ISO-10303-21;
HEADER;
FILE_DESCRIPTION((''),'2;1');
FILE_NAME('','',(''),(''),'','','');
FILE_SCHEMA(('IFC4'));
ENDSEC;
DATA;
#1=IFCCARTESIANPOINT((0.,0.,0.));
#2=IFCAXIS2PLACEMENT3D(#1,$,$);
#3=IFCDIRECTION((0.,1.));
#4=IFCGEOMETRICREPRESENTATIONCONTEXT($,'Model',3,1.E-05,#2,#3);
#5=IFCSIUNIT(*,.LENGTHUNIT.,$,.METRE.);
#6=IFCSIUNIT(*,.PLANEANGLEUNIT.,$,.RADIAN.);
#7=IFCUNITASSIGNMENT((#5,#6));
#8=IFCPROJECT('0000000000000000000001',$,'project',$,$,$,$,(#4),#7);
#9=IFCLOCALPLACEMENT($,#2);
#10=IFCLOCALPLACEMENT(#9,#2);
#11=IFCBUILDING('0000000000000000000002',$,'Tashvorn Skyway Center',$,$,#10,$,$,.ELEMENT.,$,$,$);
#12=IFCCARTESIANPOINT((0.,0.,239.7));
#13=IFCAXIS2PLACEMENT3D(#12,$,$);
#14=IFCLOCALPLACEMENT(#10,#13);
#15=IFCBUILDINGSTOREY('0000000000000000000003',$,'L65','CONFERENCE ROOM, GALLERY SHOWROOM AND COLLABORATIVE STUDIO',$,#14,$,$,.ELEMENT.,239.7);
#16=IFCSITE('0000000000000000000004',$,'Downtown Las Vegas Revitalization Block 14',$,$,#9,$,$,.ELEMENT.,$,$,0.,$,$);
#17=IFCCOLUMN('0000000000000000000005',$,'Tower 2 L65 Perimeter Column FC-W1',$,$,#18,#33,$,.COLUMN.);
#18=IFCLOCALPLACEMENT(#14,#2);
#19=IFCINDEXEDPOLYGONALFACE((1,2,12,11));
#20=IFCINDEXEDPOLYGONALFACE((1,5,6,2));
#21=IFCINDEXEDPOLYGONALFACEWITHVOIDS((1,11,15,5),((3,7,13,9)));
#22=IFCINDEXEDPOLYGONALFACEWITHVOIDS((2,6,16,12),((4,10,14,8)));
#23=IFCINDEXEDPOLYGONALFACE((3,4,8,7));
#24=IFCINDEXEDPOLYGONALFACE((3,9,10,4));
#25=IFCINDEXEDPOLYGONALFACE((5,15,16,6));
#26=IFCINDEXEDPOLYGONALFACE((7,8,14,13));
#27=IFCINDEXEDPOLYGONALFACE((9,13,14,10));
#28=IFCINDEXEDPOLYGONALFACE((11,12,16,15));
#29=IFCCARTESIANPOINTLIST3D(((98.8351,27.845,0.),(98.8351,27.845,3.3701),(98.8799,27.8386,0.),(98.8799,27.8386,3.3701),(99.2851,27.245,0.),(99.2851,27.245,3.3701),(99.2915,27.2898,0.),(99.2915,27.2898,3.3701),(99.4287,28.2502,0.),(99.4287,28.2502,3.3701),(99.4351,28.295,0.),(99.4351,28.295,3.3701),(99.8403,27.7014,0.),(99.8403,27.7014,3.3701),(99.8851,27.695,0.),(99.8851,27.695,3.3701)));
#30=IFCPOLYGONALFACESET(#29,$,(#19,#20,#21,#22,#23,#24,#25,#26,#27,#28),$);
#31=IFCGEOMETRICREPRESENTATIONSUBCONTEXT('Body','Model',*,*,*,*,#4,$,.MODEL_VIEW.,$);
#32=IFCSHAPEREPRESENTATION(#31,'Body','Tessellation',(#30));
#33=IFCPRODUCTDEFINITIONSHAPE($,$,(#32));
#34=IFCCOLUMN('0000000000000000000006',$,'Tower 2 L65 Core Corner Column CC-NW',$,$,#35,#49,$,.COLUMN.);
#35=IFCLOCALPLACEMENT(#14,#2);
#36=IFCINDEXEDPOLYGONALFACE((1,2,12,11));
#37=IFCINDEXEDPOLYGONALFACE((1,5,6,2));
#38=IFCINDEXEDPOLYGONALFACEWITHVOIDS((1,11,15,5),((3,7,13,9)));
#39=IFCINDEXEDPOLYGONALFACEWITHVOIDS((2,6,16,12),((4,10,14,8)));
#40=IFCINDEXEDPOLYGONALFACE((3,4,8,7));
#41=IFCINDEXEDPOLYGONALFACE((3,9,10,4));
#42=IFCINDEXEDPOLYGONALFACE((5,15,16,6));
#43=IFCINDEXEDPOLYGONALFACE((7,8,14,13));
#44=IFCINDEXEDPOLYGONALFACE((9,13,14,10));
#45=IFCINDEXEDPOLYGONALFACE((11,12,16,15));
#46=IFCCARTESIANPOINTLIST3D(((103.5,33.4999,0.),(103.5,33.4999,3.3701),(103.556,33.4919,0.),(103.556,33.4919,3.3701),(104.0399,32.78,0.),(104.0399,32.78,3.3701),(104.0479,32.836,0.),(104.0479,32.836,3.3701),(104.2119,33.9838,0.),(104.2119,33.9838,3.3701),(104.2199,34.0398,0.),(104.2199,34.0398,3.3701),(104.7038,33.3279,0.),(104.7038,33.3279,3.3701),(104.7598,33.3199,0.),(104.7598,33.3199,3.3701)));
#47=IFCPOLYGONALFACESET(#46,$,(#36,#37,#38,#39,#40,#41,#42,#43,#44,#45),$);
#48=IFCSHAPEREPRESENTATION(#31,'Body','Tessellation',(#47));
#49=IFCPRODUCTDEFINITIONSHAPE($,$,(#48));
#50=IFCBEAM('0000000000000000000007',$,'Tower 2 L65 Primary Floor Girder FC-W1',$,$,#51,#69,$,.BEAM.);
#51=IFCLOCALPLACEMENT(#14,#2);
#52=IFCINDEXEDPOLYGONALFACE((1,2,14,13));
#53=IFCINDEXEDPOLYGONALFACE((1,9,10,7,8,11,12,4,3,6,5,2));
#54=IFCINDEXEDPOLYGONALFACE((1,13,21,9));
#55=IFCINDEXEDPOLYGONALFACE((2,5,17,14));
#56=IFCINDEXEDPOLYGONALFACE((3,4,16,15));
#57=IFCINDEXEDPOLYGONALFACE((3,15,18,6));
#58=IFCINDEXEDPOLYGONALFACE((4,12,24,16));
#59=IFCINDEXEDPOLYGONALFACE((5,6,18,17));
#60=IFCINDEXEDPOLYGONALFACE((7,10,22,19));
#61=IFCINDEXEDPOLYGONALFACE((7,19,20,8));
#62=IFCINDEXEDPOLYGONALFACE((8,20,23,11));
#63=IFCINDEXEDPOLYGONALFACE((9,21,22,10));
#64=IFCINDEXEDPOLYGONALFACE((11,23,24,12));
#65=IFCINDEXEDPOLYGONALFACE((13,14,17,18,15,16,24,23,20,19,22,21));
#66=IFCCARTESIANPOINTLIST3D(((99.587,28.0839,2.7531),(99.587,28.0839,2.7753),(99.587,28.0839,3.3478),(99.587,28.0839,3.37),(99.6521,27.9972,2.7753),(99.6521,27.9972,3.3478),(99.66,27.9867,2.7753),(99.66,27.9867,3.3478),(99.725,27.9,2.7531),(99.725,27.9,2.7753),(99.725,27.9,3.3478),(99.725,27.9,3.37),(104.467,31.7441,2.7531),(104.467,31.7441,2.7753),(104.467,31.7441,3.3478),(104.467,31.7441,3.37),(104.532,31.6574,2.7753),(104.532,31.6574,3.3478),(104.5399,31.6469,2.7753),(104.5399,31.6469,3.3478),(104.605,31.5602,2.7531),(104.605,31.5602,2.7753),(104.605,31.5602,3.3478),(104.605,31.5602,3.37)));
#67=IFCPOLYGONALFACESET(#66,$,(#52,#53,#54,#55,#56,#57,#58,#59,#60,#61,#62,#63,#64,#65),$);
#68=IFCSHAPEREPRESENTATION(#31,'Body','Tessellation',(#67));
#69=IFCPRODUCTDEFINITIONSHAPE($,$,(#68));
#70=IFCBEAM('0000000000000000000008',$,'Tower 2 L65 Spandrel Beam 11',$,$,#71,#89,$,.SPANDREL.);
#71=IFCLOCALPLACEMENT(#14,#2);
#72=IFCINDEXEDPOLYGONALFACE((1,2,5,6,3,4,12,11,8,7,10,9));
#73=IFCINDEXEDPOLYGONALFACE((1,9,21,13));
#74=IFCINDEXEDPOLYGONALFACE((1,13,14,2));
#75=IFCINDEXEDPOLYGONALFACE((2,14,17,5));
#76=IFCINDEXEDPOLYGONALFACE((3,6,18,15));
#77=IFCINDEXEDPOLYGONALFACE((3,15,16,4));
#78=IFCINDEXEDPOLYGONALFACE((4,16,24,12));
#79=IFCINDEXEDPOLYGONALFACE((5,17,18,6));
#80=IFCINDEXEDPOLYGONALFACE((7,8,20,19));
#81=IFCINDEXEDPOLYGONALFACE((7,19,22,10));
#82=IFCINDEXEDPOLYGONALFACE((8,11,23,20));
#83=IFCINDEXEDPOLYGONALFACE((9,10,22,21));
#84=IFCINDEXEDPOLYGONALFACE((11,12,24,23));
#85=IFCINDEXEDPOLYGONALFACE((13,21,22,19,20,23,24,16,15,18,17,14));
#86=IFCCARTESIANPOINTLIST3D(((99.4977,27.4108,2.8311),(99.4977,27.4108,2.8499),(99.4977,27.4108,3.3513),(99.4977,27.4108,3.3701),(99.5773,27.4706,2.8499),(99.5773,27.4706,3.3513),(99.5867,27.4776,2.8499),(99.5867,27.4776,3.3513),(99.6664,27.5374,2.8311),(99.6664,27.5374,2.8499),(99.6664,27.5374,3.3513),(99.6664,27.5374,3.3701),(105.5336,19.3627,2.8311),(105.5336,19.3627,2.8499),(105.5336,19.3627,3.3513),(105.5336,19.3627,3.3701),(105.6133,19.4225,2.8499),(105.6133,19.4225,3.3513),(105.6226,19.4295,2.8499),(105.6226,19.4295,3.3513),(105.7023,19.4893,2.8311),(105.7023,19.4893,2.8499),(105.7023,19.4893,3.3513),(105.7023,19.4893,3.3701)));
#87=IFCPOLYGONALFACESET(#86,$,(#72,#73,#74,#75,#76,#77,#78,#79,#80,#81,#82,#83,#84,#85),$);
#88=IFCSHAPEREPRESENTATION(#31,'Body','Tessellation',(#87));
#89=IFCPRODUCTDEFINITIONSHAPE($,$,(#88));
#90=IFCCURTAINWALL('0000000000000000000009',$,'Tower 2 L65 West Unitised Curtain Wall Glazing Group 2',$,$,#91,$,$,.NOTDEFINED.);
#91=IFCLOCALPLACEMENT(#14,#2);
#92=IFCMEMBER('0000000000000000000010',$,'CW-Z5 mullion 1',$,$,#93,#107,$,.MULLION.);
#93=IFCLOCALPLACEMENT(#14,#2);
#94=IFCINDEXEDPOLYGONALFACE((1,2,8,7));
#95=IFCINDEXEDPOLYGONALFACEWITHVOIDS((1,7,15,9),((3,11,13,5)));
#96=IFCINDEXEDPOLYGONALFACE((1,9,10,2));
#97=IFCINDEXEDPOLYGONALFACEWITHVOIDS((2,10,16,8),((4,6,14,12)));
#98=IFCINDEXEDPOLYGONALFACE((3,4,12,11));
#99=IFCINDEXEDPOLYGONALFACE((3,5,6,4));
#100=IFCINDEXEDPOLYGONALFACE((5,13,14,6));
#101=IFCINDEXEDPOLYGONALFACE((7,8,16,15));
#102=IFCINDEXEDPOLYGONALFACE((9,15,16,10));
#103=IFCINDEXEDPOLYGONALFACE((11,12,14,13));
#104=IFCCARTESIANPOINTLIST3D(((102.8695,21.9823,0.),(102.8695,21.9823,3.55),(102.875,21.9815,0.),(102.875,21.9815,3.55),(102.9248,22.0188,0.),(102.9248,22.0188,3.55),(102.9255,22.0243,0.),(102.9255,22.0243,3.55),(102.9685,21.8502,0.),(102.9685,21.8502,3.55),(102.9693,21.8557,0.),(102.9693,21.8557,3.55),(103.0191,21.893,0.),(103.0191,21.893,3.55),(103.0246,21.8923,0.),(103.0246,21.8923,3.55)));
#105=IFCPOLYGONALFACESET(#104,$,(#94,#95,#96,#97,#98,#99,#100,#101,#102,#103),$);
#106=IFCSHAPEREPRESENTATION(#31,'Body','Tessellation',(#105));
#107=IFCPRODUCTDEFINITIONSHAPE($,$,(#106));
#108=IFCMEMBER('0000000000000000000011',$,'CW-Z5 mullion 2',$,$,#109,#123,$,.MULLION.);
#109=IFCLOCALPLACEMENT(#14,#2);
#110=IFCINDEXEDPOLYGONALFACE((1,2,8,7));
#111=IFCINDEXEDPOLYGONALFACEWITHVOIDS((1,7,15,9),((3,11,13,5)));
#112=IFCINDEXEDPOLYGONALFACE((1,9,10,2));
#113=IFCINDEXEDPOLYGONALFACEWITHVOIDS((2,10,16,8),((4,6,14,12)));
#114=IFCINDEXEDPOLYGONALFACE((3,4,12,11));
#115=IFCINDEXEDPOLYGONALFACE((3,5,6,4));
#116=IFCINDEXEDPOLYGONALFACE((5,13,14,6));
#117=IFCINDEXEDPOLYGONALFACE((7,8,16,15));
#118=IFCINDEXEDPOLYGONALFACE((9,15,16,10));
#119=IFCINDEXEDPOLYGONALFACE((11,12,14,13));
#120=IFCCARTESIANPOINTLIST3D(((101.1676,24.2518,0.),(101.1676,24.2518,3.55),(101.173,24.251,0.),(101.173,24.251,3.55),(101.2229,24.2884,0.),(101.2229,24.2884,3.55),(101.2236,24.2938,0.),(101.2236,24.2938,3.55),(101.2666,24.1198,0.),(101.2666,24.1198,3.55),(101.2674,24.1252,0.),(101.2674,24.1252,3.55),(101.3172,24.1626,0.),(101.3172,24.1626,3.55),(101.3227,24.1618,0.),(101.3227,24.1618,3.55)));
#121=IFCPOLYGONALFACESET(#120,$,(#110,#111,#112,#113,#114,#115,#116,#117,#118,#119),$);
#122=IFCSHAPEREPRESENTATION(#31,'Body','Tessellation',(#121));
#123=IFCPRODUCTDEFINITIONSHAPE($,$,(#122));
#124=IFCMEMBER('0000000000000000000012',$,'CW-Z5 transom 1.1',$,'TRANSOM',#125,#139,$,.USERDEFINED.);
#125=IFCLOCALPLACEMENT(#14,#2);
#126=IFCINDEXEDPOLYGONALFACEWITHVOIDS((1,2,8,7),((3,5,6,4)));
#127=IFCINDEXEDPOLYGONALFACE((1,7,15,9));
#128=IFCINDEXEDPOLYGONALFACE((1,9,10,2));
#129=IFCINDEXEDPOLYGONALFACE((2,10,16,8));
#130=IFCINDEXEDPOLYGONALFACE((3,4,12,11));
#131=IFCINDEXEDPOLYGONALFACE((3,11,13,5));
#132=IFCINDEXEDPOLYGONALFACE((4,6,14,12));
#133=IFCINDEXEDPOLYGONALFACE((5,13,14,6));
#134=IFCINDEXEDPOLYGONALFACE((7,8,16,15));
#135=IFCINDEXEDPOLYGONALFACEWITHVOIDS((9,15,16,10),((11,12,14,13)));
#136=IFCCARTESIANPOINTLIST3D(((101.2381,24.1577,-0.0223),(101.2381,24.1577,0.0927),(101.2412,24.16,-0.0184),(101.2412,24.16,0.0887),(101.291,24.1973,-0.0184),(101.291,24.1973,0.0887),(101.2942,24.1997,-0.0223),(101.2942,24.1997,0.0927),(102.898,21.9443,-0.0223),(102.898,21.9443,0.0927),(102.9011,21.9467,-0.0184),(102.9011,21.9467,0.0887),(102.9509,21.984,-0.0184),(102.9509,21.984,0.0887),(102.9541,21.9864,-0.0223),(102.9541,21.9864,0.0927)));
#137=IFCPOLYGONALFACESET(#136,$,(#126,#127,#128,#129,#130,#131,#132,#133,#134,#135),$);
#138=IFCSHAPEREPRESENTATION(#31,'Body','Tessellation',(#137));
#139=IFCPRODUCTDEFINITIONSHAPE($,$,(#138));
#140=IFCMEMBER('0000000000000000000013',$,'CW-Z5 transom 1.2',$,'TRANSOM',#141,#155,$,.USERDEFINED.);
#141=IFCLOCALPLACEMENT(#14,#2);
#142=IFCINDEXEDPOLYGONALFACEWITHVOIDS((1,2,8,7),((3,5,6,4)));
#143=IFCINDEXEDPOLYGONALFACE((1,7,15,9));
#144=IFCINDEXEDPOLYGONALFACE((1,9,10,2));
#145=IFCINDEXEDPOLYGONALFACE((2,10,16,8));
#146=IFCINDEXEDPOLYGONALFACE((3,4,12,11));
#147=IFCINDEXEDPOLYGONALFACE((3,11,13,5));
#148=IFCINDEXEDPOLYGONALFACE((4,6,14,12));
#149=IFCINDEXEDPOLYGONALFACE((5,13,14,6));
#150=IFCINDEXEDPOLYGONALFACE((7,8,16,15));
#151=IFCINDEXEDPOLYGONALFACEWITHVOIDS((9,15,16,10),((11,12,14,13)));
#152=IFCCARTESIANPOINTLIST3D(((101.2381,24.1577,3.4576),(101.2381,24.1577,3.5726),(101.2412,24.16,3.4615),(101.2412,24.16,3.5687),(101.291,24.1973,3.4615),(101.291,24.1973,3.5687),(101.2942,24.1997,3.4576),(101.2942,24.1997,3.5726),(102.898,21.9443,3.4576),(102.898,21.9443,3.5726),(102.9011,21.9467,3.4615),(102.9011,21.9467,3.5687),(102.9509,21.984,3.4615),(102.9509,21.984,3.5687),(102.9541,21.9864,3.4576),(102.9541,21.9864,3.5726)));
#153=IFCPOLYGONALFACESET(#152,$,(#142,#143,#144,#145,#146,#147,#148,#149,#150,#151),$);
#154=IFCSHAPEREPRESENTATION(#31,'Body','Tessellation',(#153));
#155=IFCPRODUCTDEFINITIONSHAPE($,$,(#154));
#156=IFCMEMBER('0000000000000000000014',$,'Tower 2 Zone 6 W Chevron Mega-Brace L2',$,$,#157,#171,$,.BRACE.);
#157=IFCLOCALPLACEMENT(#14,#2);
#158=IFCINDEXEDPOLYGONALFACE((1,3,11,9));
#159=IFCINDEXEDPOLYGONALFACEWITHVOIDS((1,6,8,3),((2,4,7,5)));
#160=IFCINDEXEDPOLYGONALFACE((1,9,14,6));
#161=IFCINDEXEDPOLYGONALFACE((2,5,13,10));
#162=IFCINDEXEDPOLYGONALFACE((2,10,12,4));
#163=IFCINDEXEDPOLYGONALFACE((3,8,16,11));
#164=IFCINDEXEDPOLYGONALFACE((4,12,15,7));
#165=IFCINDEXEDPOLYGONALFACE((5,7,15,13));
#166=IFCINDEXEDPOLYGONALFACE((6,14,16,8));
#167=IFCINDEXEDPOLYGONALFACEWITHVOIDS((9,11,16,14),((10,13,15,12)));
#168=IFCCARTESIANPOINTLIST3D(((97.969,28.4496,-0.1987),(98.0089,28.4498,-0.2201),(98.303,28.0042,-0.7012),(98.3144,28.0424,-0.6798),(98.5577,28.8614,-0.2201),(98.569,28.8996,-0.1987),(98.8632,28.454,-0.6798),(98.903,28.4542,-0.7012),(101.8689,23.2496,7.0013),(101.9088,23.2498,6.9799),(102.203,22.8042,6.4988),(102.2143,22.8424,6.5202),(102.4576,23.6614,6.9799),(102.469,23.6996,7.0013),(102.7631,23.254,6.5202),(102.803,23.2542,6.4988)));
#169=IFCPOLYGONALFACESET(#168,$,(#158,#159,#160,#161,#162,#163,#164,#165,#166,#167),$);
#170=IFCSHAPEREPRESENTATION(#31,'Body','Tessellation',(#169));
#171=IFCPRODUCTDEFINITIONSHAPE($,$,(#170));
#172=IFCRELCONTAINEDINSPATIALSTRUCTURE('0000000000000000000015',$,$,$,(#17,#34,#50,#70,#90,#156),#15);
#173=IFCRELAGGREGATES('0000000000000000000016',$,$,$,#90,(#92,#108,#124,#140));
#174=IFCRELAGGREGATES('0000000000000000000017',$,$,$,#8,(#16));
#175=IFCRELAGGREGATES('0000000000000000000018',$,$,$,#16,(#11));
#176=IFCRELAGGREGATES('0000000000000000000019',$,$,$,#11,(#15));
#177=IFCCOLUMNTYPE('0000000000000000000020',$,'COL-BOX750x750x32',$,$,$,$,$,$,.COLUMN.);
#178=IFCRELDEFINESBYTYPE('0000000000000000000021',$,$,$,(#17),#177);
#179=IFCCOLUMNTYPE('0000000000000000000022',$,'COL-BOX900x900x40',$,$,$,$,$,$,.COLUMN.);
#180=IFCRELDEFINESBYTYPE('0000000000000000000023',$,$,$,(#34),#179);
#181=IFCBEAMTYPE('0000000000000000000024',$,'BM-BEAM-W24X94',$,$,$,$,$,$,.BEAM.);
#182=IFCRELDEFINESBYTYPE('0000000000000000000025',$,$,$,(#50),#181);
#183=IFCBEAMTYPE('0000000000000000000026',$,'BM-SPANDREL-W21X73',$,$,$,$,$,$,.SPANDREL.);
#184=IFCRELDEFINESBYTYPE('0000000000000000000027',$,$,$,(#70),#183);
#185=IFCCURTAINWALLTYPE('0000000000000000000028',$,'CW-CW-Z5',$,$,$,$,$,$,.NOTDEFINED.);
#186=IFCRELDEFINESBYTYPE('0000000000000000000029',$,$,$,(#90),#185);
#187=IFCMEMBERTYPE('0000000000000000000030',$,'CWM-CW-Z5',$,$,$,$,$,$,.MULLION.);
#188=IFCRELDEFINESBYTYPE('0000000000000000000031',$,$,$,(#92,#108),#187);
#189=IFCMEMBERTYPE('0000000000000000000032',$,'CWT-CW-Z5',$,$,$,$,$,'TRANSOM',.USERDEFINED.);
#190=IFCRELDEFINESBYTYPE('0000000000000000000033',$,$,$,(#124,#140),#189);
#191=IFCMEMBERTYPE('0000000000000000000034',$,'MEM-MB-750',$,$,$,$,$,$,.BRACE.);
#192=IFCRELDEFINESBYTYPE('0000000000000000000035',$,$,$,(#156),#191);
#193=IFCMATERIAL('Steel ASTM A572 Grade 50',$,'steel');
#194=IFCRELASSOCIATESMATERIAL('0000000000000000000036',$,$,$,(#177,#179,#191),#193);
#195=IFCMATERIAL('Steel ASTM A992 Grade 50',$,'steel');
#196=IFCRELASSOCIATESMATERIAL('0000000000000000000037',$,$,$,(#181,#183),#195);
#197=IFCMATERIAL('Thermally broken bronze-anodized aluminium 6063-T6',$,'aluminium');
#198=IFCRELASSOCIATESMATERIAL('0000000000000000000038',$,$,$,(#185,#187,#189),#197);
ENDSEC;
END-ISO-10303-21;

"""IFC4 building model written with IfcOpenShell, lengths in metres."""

from ifc_helpers import new_model, si_unit, direction, frame, origin, origin_2d, place, context, subcontext, project, spatial, hollow_rectangle, i_section, extrude, material, material_profile, profile_set, type_object, element, aggregate, save


model = new_model("IFC4")

# Units and contexts
model_context = context("Model", 3, precision=1e-05, world=origin(), true_north=direction((0.0, 1.0)))
body_context = subcontext(model_context, "Body", "Model", "MODEL_VIEW")
ifc_project = project(units=[si_unit("LENGTHUNIT", "METRE"), si_unit("PLANEANGLEUNIT", "RADIAN")], contexts=[model_context])

# Site, building, storey
site_placement = place(None, origin())
site = spatial("IfcSite", under=ifc_project, at=site_placement, Name="Downtown Las Vegas Revitalization Block 14", CompositionType="ELEMENT", RefElevation=0.0)
building_placement = place(site_placement, origin())
building = spatial("IfcBuilding", under=site, at=building_placement, Name="Tashvorn Skyway Center", CompositionType="ELEMENT")
storey_placement = place(building_placement, frame((0.0, 0.0, 239.7)))
storey = spatial("IfcBuildingStorey", under=building, at=storey_placement, Name="L65", Description="CONFERENCE ROOM, GALLERY SHOWROOM AND COLLABORATIVE STUDIO", CompositionType="ELEMENT", Elevation=239.7)

# Columns
ifc_material_1 = material(Name="Steel ASTM A572 Grade 50", Category="steel")
ifc_material_profile_1 = material_profile(ifc_material_1, hollow_rectangle(XDim=0.75, YDim=0.75, WallThickness=0.032, at=origin_2d()), Name="BOX750x750x32")
ifc_profile_set_1 = profile_set([ifc_material_profile_1], Name="Steel ASTM A572 Grade 50")
column_type_1 = type_object("IfcColumnType", Name="COL-BOX750x750x32", PredefinedType="COLUMN", material=ifc_profile_set_1)
column_1_placement = place(storey_placement, frame((99.3601, 27.77, 0.0), z_axis=(0.0, 0.0, 1.0), x_axis=(0.8, 0.6, 0.0)))
element("IfcColumn", 1, at=column_1_placement, inside=storey, type_object=column_type_1, Name="Tower 2 L65 Perimeter Column FC-W1", PredefinedType="COLUMN", context=body_context, shape_type="SweptSolid", body=[
    extrude(hollow_rectangle(XDim=0.75, YDim=0.75, WallThickness=0.032, at=origin_2d()), origin(), (0.0, 0.0, 1.0), 3.3701),
])
ifc_material_profile_2 = material_profile(ifc_material_1, hollow_rectangle(XDim=0.8999, YDim=0.8999, WallThickness=0.04, at=origin_2d()), Name="BOX900x900x40")
ifc_profile_set_2 = profile_set([ifc_material_profile_2], Name="Steel ASTM A572 Grade 50")
column_type_2 = type_object("IfcColumnType", Name="COL-BOX900x900x40", PredefinedType="COLUMN", material=ifc_profile_set_2)
column_2_placement = place(storey_placement, frame((104.1299, 33.4099, 0.0), z_axis=(0.0, 0.0, 1.0), x_axis=(0.8, 0.6, 0.0)))
element("IfcColumn", 2, at=column_2_placement, inside=storey, type_object=column_type_2, Name="Tower 2 L65 Core Corner Column CC-NW", PredefinedType="COLUMN", context=body_context, shape_type="SweptSolid", body=[
    extrude(hollow_rectangle(XDim=0.8999, YDim=0.8999, WallThickness=0.04, at=origin_2d()), origin(), (0.0, 0.0, 1.0), 3.3701),
])

# Beams
ifc_material_2 = material(Name="Steel ASTM A992 Grade 50", Category="steel")
ifc_material_profile_3 = material_profile(ifc_material_2, i_section(OverallWidth=0.23, OverallDepth=0.6169, WebThickness=0.0132, FlangeThickness=0.0222, at=origin_2d()), Name="W24X94")
ifc_profile_set_3 = profile_set([ifc_material_profile_3], Name="Steel ASTM A992 Grade 50")
beam_type_1 = type_object("IfcBeamType", Name="BM-BEAM-W24X94", PredefinedType="BEAM", material=ifc_profile_set_3)
beam_1_placement = place(storey_placement, frame((99.656, 27.9919, 3.0615), z_axis=(0.799981, 0.600026, 0.0), x_axis=(-0.600026, 0.799981, 0.0)))
element("IfcBeam", 3, at=beam_1_placement, inside=storey, type_object=beam_type_1, Name="Tower 2 L65 Primary Floor Girder FC-W1", PredefinedType="BEAM", context=body_context, shape_type="SweptSolid", body=[
    extrude(i_section(OverallWidth=0.23, OverallDepth=0.6169, WebThickness=0.0132, FlangeThickness=0.0222, at=origin_2d()), origin(), (0.0, 0.0, 1.0), 6.1001),
])
ifc_material_profile_4 = material_profile(ifc_material_2, i_section(OverallWidth=0.2109, OverallDepth=0.5391, WebThickness=0.0117, FlangeThickness=0.0188, at=origin_2d()), Name="W21X73")
ifc_profile_set_4 = profile_set([ifc_material_profile_4], Name="Steel ASTM A992 Grade 50")
beam_type_2 = type_object("IfcBeamType", Name="BM-SPANDREL-W21X73", PredefinedType="SPANDREL", material=ifc_profile_set_4)
beam_2_placement = place(storey_placement, frame((99.582, 27.4741, 3.1006), z_axis=(0.599988, -0.800009, 0.0), x_axis=(0.800009, 0.599988, 0.0)))
element("IfcBeam", 4, at=beam_2_placement, inside=storey, type_object=beam_type_2, Name="Tower 2 L65 Spandrel Beam 11", PredefinedType="SPANDREL", context=body_context, shape_type="SweptSolid", body=[
    extrude(i_section(OverallWidth=0.2109, OverallDepth=0.5391, WebThickness=0.0117, FlangeThickness=0.0188, at=origin_2d()), origin(), (0.0, 0.0, 1.0), 10.0601),
])

# Curtain wall, members
ifc_material_3 = material(Name="Thermally broken bronze-anodized aluminium 6063-T6", Category="aluminium")
curtain_wall_type = type_object("IfcCurtainWallType", Name="CW-CW-Z5", PredefinedType="NOTDEFINED", material=ifc_material_3)
curtain_wall_placement = place(storey_placement, origin())
curtain_wall = element("IfcCurtainWall", 5, at=curtain_wall_placement, inside=storey, type_object=curtain_wall_type, Name="Tower 2 L65 West Unitised Curtain Wall Glazing Group 2", PredefinedType="NOTDEFINED")
ifc_material_profile_5 = material_profile(ifc_material_3, hollow_rectangle(XDim=0.0701, YDim=0.165, WallThickness=0.0039, at=origin_2d()), Name="ALU-MULL-70x165")
ifc_profile_set_5 = profile_set([ifc_material_profile_5], Name="Thermally broken bronze-anodized aluminium 6063-T6")
member_type_1 = type_object("IfcMemberType", Name="CWM-CW-Z5", PredefinedType="MULLION", material=ifc_profile_set_5)
member_1_placement = place(storey_placement, frame((102.947, 21.9373, 0.0), z_axis=(0.0, 0.0, 1.0), x_axis=(-0.800008, -0.599989, 0.0)))
member_1 = element("IfcMember", 6, at=member_1_placement, type_object=member_type_1, Name="CW-Z5 mullion 1", PredefinedType="MULLION", context=body_context, shape_type="SweptSolid", body=[
    extrude(hollow_rectangle(XDim=0.0701, YDim=0.165, WallThickness=0.0039, at=origin_2d()), origin(), (0.0, 0.0, 1.0), 3.55),
])
member_2_placement = place(storey_placement, frame((101.2451, 24.2068, 0.0), z_axis=(0.0, 0.0, 1.0), x_axis=(-0.800008, -0.599989, 0.0)))
member_2 = element("IfcMember", 7, at=member_2_placement, type_object=member_type_1, Name="CW-Z5 mullion 2", PredefinedType="MULLION", context=body_context, shape_type="SweptSolid", body=[
    extrude(hollow_rectangle(XDim=0.0701, YDim=0.165, WallThickness=0.0039, at=origin_2d()), origin(), (0.0, 0.0, 1.0), 3.55),
])
ifc_material_profile_6 = material_profile(ifc_material_3, hollow_rectangle(XDim=0.0701, YDim=0.115, WallThickness=0.0039, at=origin_2d()), Name="ALU-TRAN-70x115")
ifc_profile_set_6 = profile_set([ifc_material_profile_6], Name="Thermally broken bronze-anodized aluminium 6063-T6")
member_type_2 = type_object("IfcMemberType", Name="CWT-CW-Z5", ElementType="TRANSOM", PredefinedType="USERDEFINED", material=ifc_profile_set_6)
member_3_placement = place(storey_placement, frame((102.926, 21.9653, 0.0352), z_axis=(-0.599972, 0.800021, 0.0), x_axis=(-0.800021, -0.599972, 0.0)))
member_3 = element("IfcMember", 8, at=member_3_placement, type_object=member_type_2, Name="CW-Z5 transom 1.1", ObjectType="TRANSOM", PredefinedType="USERDEFINED", context=body_context, shape_type="SweptSolid", body=[
    extrude(hollow_rectangle(XDim=0.0701, YDim=0.115, WallThickness=0.0039, at=origin_2d()), origin(), (0.0, 0.0, 1.0), 2.7666),
])
member_4_placement = place(storey_placement, frame((102.926, 21.9653, 3.5151), z_axis=(-0.599972, 0.800021, 0.0), x_axis=(-0.800021, -0.599972, 0.0)))
member_4 = element("IfcMember", 9, at=member_4_placement, type_object=member_type_2, Name="CW-Z5 transom 1.2", ObjectType="TRANSOM", PredefinedType="USERDEFINED", context=body_context, shape_type="SweptSolid", body=[
    extrude(hollow_rectangle(XDim=0.0701, YDim=0.115, WallThickness=0.0039, at=origin_2d()), origin(), (0.0, 0.0, 1.0), 2.7666),
])

# Member
ifc_material_profile_7 = material_profile(ifc_material_1, hollow_rectangle(XDim=0.75, YDim=0.75, WallThickness=0.032, at=origin_2d()), Name="BOX750x750x32")
ifc_profile_set_7 = profile_set([ifc_material_profile_7], Name="Steel ASTM A572 Grade 50")
member_type_3 = type_object("IfcMemberType", Name="MEM-MB-750", PredefinedType="BRACE", material=ifc_profile_set_7)
member_5_placement = place(storey_placement, frame((98.436, 28.4519, -0.45), z_axis=(0.402056, -0.536083, 0.742271), x_axis=(0.800005, 0.599994, 0.0)))
element("IfcMember", 10, at=member_5_placement, inside=storey, type_object=member_type_3, Name="Tower 2 Zone 6 W Chevron Mega-Brace L2", PredefinedType="BRACE", context=body_context, shape_type="SweptSolid", body=[
    extrude(hollow_rectangle(XDim=0.75, YDim=0.75, WallThickness=0.032, at=origin_2d()), origin(), (0.0, 0.0, 1.0), 9.7),
])

aggregate(curtain_wall, [member_1, member_2, member_3, member_4])

save(model, "model.ifc")
